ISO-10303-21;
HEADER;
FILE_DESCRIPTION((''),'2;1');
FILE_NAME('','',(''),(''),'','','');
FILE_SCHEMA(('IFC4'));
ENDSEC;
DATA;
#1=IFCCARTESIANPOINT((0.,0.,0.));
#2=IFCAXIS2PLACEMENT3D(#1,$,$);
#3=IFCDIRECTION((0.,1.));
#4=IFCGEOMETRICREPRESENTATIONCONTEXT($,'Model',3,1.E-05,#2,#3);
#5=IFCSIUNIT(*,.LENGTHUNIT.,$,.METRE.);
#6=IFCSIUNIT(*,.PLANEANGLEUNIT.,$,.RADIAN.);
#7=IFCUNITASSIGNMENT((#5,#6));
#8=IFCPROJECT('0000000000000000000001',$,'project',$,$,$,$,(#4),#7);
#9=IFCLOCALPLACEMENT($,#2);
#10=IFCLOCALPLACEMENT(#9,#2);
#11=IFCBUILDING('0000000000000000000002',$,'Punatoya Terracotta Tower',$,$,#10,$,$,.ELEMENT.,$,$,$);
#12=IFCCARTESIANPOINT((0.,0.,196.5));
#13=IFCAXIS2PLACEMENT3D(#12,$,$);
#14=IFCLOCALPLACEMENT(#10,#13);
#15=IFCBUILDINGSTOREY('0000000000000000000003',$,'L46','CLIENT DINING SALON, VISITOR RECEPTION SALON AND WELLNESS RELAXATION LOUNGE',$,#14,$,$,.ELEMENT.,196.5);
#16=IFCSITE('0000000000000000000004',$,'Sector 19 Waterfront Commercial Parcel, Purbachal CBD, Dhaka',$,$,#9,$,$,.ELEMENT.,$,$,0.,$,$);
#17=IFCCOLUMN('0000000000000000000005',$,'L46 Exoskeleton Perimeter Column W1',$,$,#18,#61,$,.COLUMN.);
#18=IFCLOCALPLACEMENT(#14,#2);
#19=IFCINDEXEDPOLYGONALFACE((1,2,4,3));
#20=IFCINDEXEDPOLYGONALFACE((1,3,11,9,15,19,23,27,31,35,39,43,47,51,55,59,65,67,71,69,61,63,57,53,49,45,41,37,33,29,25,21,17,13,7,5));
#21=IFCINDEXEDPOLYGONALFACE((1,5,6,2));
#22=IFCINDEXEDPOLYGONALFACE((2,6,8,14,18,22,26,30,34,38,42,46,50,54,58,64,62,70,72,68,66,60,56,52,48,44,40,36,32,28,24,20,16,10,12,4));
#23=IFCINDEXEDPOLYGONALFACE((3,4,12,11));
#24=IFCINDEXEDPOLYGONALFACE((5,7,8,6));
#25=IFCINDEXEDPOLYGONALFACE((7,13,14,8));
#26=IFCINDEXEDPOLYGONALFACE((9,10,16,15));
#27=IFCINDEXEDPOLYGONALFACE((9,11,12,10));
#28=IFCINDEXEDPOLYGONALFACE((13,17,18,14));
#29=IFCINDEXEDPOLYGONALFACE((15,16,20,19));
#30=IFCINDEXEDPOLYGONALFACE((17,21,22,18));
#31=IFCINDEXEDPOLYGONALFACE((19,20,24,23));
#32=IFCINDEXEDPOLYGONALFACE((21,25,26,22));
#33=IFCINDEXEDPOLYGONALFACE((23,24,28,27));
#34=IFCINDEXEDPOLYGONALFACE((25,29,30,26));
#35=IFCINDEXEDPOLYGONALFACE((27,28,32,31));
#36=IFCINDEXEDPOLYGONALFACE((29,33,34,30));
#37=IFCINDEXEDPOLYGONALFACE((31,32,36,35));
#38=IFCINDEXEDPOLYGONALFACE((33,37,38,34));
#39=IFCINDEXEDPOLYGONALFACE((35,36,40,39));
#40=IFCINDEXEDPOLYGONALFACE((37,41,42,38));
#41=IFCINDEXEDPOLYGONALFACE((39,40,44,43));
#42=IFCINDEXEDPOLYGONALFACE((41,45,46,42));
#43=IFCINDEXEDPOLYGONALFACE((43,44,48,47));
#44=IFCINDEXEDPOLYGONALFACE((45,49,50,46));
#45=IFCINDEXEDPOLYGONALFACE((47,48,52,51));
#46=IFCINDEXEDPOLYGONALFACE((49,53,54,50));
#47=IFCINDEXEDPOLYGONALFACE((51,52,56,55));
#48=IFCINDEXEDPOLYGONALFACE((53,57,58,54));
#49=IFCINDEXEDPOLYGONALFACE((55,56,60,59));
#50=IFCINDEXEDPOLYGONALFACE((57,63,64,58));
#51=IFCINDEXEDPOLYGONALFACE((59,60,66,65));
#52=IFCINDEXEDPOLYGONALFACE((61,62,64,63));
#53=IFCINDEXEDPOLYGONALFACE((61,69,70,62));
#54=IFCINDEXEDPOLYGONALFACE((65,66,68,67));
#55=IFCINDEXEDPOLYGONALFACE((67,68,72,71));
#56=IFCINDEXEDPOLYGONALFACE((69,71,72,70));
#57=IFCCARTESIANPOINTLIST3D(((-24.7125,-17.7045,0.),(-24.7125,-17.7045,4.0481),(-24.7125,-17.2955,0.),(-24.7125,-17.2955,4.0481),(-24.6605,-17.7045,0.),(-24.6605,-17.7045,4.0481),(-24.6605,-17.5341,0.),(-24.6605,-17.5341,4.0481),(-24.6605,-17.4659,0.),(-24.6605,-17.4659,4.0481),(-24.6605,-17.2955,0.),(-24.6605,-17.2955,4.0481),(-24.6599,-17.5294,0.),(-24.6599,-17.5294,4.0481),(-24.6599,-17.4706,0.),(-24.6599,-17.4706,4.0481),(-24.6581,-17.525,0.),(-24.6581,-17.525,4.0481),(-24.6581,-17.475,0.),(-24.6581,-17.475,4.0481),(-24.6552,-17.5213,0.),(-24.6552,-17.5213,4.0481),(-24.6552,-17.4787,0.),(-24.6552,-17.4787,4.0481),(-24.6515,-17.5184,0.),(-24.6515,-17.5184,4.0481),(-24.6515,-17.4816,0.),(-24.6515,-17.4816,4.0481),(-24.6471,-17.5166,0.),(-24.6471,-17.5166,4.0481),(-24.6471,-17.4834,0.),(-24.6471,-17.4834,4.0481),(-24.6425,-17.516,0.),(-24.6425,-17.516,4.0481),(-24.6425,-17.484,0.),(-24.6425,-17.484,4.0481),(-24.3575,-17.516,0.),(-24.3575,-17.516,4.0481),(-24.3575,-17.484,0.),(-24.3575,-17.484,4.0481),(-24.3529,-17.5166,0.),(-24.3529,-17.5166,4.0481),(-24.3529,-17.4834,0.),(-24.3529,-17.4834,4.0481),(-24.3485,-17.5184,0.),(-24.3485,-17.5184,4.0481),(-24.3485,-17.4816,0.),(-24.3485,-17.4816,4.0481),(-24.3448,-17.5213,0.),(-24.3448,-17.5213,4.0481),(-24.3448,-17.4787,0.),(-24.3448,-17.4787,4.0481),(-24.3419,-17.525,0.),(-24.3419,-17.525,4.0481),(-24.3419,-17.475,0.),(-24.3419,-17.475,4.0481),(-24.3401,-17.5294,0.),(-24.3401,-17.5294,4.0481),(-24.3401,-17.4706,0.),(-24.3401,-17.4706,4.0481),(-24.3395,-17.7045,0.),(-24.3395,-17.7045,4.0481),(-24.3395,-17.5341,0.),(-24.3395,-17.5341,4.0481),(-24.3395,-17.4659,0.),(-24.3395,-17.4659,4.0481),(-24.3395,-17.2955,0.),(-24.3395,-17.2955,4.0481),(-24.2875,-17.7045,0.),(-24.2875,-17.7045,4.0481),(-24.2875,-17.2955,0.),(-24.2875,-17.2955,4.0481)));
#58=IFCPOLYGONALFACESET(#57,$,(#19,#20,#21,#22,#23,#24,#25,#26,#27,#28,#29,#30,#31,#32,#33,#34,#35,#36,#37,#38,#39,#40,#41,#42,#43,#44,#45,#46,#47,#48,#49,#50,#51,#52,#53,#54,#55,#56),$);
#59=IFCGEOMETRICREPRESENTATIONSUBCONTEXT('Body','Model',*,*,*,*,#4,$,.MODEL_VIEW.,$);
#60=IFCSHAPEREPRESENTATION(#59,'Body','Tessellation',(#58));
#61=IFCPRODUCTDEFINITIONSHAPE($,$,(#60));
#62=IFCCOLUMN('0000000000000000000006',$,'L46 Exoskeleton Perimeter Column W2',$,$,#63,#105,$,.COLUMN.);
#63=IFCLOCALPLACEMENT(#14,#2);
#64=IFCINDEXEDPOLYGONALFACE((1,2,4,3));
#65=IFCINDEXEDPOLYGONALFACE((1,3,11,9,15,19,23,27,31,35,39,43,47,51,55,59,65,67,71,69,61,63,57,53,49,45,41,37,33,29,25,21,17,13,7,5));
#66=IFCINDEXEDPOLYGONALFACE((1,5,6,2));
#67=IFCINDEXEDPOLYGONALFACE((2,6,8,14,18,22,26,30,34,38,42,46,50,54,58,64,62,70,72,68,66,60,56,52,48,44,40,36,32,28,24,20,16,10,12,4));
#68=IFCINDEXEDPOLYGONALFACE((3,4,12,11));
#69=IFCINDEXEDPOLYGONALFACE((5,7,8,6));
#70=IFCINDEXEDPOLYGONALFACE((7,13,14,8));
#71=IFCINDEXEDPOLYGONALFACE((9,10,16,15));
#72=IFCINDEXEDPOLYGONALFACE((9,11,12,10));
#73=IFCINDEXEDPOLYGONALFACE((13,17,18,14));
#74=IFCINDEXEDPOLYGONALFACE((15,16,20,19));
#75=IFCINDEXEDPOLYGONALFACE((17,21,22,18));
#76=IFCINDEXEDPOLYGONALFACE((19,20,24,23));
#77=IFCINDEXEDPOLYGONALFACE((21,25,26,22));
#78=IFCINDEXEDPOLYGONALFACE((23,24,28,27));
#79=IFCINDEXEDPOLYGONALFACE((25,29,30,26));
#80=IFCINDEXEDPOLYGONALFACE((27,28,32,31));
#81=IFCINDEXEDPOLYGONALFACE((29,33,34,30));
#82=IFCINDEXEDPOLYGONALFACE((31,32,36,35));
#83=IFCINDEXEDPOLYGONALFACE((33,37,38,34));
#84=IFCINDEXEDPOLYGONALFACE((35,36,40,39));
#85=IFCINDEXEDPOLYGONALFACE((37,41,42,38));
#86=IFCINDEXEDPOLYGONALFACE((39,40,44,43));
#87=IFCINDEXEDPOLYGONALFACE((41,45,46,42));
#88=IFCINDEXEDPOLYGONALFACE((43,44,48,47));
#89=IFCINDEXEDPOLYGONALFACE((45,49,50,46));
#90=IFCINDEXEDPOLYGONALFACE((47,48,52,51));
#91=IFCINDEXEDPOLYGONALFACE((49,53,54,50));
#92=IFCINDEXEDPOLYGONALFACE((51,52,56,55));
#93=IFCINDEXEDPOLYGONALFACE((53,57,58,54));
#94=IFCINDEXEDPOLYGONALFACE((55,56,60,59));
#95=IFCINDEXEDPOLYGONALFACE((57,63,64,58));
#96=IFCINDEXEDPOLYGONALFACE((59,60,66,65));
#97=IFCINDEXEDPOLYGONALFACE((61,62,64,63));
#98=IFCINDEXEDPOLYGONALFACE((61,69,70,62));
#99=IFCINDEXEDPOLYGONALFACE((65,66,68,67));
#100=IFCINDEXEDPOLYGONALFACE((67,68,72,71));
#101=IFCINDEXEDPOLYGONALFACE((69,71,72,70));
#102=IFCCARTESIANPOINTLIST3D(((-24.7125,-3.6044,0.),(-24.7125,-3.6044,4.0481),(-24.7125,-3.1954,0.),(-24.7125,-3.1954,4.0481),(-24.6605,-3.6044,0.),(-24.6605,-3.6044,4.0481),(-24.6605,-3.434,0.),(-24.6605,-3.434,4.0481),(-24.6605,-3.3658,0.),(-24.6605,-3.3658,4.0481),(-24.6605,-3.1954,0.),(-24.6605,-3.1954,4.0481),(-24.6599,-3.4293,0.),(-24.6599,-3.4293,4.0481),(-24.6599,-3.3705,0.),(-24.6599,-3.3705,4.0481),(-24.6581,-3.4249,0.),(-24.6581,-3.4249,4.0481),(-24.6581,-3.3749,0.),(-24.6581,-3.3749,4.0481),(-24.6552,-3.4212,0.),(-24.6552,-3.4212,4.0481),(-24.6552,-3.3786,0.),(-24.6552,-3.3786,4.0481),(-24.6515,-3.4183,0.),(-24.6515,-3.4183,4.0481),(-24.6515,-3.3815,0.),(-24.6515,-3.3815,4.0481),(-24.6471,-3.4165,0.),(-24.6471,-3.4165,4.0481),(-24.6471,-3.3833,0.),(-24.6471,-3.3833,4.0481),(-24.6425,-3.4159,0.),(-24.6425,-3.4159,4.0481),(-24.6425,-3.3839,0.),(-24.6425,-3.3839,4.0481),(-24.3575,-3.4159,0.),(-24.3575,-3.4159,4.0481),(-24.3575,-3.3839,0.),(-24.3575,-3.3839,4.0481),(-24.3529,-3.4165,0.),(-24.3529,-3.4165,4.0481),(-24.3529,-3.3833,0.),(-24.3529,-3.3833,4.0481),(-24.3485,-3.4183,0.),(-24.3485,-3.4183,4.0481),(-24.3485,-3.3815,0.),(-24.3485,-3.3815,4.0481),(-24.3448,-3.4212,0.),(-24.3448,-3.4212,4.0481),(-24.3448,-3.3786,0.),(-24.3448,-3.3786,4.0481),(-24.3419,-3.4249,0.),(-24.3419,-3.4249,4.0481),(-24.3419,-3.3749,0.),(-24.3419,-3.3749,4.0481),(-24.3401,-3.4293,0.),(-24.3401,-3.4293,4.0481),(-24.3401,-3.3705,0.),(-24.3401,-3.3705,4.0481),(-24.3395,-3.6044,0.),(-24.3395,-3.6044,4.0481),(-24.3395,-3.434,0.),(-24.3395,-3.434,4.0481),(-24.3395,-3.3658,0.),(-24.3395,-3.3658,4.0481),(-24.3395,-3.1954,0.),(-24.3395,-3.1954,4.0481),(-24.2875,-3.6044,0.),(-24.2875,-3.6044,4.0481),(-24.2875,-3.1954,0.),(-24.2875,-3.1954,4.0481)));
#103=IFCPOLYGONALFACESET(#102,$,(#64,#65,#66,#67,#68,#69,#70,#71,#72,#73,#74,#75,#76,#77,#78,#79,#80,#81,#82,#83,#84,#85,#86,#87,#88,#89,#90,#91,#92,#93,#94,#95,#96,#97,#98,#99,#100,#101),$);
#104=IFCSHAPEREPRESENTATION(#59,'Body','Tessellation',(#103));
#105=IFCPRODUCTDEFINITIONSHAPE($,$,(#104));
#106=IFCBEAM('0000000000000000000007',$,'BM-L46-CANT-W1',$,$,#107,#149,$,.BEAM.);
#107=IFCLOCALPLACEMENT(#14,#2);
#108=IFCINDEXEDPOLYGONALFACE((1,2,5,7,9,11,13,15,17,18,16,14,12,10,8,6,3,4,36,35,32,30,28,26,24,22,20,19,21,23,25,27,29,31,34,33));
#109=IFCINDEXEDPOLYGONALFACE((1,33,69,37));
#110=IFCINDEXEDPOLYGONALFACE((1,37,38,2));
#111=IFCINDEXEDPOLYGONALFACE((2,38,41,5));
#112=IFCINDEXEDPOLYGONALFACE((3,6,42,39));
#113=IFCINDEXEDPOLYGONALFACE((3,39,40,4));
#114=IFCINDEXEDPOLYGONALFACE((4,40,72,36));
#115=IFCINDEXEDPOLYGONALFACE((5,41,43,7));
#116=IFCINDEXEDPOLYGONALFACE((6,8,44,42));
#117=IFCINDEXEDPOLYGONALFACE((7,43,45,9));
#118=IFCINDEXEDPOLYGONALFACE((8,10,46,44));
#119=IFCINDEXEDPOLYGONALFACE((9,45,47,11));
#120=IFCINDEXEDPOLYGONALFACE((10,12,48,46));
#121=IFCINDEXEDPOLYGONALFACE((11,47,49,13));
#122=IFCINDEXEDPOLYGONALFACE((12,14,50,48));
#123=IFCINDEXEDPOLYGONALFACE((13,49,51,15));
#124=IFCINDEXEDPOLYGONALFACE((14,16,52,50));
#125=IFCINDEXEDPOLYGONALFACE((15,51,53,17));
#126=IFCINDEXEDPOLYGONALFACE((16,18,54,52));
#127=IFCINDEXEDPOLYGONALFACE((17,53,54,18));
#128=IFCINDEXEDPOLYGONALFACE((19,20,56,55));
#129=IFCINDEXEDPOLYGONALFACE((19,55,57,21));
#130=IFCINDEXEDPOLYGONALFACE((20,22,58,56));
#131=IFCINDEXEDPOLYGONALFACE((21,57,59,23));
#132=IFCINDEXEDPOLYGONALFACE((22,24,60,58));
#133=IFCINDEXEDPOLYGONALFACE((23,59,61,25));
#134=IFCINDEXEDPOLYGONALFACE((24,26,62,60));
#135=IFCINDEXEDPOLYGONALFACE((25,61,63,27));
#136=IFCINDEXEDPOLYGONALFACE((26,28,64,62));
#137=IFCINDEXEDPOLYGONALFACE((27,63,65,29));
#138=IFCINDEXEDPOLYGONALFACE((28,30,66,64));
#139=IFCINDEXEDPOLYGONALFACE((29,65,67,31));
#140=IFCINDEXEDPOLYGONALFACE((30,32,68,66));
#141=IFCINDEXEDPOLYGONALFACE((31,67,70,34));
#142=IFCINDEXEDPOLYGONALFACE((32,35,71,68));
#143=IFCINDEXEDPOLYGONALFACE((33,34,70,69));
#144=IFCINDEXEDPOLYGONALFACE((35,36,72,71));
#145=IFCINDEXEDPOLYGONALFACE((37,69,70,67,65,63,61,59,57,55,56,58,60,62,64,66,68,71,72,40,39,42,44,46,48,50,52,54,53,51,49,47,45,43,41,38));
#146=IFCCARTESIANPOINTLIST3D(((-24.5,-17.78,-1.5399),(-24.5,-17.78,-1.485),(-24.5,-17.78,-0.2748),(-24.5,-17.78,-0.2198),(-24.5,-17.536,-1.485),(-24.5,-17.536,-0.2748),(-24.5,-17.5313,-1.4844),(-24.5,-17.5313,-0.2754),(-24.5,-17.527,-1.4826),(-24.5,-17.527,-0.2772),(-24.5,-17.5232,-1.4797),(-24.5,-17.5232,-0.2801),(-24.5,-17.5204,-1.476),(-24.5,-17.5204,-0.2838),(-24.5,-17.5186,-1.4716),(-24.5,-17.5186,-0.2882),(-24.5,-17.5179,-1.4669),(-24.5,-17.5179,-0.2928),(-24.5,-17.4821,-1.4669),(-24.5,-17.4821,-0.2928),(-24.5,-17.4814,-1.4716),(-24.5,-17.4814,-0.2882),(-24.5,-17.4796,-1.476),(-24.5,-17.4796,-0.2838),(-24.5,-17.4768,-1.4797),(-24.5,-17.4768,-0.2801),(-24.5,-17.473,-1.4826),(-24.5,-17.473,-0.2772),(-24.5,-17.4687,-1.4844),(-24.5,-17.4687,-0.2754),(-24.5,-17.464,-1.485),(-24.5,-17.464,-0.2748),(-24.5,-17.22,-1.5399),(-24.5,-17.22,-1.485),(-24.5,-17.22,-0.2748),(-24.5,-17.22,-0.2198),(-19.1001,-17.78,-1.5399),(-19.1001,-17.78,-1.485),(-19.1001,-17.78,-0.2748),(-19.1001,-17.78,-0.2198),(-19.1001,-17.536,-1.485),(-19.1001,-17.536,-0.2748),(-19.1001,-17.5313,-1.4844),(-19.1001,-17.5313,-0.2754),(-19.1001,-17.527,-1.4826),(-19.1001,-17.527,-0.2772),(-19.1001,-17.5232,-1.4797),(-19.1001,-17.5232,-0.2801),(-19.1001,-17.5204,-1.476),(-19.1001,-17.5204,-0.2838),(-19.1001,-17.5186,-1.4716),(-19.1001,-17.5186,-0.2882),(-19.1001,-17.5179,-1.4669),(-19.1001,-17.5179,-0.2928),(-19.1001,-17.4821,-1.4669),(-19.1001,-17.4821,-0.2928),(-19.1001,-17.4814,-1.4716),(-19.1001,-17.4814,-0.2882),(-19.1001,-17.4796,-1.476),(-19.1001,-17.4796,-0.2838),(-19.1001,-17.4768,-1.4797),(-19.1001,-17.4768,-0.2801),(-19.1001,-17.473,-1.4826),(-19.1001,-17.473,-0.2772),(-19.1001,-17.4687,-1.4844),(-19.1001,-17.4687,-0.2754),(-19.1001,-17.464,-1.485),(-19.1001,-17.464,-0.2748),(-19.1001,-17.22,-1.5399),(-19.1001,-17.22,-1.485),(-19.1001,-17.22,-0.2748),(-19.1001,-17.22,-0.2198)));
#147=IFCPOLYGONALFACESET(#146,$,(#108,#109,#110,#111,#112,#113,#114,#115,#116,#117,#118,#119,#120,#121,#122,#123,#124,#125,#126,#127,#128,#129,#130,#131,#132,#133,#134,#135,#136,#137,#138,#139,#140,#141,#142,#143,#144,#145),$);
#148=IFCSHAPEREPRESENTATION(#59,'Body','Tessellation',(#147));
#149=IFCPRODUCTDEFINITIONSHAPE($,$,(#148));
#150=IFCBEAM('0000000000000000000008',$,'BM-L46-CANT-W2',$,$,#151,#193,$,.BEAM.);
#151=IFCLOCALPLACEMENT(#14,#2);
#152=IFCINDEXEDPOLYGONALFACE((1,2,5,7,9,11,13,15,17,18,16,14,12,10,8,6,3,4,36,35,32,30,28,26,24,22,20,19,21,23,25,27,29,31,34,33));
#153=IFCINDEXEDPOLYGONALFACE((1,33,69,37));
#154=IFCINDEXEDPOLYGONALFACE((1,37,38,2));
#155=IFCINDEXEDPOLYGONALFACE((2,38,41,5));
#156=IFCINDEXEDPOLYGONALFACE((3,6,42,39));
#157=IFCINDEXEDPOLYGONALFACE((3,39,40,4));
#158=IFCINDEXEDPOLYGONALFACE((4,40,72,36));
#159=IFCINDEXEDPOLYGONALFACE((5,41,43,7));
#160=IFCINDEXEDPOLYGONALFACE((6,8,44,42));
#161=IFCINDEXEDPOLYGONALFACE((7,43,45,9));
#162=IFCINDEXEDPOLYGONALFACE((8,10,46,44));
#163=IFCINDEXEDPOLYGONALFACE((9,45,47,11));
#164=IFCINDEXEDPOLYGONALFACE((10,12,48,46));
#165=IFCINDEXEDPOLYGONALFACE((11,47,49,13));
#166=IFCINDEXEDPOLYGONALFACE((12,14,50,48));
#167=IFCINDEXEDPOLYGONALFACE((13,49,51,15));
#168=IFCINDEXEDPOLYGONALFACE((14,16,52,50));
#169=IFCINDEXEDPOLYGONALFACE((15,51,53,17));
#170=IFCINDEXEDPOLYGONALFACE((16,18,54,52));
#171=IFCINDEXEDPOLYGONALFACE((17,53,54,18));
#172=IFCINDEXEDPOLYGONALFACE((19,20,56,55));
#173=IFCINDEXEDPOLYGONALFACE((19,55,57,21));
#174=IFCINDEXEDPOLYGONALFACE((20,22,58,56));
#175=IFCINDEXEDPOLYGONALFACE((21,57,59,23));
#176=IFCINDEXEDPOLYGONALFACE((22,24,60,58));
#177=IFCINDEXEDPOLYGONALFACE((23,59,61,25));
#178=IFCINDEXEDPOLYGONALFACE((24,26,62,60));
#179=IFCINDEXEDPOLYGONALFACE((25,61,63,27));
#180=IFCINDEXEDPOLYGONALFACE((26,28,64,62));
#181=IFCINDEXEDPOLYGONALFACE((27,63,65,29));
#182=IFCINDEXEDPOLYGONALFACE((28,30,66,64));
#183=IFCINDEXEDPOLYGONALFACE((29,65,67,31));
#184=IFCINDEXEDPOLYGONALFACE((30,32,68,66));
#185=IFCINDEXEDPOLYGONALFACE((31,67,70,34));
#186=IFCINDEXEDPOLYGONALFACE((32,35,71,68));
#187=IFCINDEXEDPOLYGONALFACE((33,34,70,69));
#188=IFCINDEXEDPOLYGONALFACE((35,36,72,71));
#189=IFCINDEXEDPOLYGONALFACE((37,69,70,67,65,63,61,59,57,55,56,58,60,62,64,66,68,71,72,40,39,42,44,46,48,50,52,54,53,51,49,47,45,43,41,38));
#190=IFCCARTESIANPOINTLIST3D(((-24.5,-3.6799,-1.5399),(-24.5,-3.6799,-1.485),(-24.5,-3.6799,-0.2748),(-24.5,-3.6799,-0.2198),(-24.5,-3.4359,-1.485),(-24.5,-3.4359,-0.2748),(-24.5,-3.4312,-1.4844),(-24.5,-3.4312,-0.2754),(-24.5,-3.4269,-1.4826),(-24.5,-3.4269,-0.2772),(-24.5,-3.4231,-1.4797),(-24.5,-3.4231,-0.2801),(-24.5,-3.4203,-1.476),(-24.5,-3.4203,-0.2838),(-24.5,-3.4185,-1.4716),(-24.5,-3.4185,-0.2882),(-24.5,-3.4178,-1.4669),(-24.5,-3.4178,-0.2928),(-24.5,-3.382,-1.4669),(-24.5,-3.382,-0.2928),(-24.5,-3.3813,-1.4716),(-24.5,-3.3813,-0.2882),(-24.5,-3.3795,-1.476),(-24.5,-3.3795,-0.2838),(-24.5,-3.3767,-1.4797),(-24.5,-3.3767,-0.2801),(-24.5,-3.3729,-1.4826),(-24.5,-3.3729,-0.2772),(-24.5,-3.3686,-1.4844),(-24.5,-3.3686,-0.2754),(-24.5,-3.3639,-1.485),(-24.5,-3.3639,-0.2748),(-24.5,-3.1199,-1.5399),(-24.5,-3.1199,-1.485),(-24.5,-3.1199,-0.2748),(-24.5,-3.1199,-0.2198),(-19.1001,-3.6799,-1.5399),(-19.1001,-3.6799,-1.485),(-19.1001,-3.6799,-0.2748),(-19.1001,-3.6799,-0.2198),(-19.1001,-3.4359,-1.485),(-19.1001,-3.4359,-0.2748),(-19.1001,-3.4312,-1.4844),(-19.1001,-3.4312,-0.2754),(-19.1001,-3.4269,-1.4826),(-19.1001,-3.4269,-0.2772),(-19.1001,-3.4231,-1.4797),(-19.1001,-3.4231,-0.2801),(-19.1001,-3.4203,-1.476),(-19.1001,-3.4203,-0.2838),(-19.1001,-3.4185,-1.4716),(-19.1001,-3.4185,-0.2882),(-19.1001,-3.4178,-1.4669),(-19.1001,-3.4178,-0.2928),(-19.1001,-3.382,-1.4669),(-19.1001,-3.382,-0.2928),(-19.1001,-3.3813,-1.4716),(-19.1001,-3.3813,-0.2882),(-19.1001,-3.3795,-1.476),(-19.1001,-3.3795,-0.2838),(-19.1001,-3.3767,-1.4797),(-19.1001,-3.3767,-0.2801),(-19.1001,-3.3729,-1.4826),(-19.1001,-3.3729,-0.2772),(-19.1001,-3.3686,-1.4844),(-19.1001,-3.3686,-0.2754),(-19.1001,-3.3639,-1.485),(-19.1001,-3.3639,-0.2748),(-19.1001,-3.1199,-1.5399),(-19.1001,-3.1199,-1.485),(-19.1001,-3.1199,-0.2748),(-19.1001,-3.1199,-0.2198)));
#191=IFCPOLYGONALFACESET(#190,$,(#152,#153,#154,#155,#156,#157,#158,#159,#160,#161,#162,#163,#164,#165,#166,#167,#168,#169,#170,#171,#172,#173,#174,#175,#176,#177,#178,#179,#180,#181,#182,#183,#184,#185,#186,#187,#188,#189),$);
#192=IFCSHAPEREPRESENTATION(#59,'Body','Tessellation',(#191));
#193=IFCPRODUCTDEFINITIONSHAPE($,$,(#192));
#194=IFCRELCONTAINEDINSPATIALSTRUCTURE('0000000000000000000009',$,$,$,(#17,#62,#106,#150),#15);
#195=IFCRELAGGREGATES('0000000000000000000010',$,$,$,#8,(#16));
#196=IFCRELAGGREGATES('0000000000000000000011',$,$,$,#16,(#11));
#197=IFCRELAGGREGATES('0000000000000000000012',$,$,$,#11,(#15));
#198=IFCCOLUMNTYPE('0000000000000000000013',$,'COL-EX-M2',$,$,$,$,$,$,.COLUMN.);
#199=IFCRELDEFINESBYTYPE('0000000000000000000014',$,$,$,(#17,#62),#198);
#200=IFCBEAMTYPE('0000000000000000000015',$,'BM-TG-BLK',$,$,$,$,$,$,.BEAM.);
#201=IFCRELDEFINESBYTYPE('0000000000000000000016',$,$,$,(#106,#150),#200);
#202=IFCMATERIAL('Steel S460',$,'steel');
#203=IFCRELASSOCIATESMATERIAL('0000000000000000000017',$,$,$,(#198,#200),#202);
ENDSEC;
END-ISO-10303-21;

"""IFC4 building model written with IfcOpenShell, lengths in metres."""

from ifc_helpers import new_model, si_unit, direction, frame, origin, origin_2d, place, context, subcontext, project, spatial, i_section, extrude, material, material_profile, profile_set, type_object, element, save


model = new_model("IFC4")

# Units and contexts
model_context = context("Model", 3, precision=1e-05, world=origin(), true_north=direction((0.0, 1.0)))
body_context = subcontext(model_context, "Body", "Model", "MODEL_VIEW")
ifc_project = project(units=[si_unit("LENGTHUNIT", "METRE"), si_unit("PLANEANGLEUNIT", "RADIAN")], contexts=[model_context])

# Site, building, storey
site_placement = place(None, origin())
site = spatial("IfcSite", under=ifc_project, at=site_placement, Name="Sector 19 Waterfront Commercial Parcel, Purbachal CBD, Dhaka", CompositionType="ELEMENT", RefElevation=0.0)
building_placement = place(site_placement, origin())
building = spatial("IfcBuilding", under=site, at=building_placement, Name="Punatoya Terracotta Tower", CompositionType="ELEMENT")
storey_placement = place(building_placement, frame((0.0, 0.0, 196.5)))
storey = spatial("IfcBuildingStorey", under=building, at=storey_placement, Name="L46", Description="CLIENT DINING SALON, VISITOR RECEPTION SALON AND WELLNESS RELAXATION LOUNGE", CompositionType="ELEMENT", Elevation=196.5)

# Columns
ifc_material_1 = material(Name="Steel S460", Category="steel")
ifc_material_profile_1 = material_profile(ifc_material_1, i_section(OverallWidth=0.4089, OverallDepth=0.425, WebThickness=0.032, FlangeThickness=0.052, FilletRadius=0.0181, at=origin_2d()))
ifc_profile_set_1 = profile_set([ifc_material_profile_1], Name="Steel S460")
column_type = type_object("IfcColumnType", Name="COL-EX-M2", PredefinedType="COLUMN", material=ifc_profile_set_1)
for number, where, z_axis, x_axis, name in (
    (1, (-24.5, -17.5, 0.0), (0.0, 0.0, 1.0), (0.0, 1.0, 0.0), "L46 Exoskeleton Perimeter Column W1"),
    (2, (-24.5, -3.3999, 0.0), (0.0, 0.0, 1.0), (0.0, 1.0, 0.0), "L46 Exoskeleton Perimeter Column W2"),
):
    element("IfcColumn", number, at=place(storey_placement, frame(where, z_axis=z_axis, x_axis=x_axis)), inside=storey, type_object=column_type, Name=name, PredefinedType="COLUMN", context=body_context, shape_type="SweptSolid", body=[
        extrude(i_section(OverallWidth=0.4089, OverallDepth=0.425, WebThickness=0.032, FlangeThickness=0.052, FilletRadius=0.0181, at=origin_2d()), origin(), (0.0, 0.0, 1.0), 4.0481),
    ])

# Beams
ifc_material_profile_2 = material_profile(ifc_material_1, i_section(OverallWidth=0.5601, OverallDepth=1.3201, WebThickness=0.0359, FlangeThickness=0.0549, FilletRadius=0.0181, at=origin_2d()))
ifc_profile_set_2 = profile_set([ifc_material_profile_2], Name="Steel S460")
beam_type_1 = type_object("IfcBeamType", Name="BM-TG-BLK", PredefinedType="BEAM", material=ifc_profile_set_2)
for number, where, z_axis, x_axis, name in (
    (3, (-24.5, -17.5, -0.8799), (1.0, 0.0, 0.0), (0.0, 1.0, 0.0), "BM-L46-CANT-W1"),
    (4, (-24.5, -3.3999, -0.8799), (1.0, 0.0, 0.0), (0.0, 1.0, 0.0), "BM-L46-CANT-W2"),
):
    element("IfcBeam", number, at=place(storey_placement, frame(where, z_axis=z_axis, x_axis=x_axis)), inside=storey, type_object=beam_type_1, Name=name, PredefinedType="BEAM", context=body_context, shape_type="SweptSolid", body=[
        extrude(i_section(OverallWidth=0.5601, OverallDepth=1.3201, WebThickness=0.0359, FlangeThickness=0.0549, FilletRadius=0.0181, at=origin_2d()), origin(), (0.0, 0.0, 1.0), 5.3999),
    ])

save(model, "model.ifc")
